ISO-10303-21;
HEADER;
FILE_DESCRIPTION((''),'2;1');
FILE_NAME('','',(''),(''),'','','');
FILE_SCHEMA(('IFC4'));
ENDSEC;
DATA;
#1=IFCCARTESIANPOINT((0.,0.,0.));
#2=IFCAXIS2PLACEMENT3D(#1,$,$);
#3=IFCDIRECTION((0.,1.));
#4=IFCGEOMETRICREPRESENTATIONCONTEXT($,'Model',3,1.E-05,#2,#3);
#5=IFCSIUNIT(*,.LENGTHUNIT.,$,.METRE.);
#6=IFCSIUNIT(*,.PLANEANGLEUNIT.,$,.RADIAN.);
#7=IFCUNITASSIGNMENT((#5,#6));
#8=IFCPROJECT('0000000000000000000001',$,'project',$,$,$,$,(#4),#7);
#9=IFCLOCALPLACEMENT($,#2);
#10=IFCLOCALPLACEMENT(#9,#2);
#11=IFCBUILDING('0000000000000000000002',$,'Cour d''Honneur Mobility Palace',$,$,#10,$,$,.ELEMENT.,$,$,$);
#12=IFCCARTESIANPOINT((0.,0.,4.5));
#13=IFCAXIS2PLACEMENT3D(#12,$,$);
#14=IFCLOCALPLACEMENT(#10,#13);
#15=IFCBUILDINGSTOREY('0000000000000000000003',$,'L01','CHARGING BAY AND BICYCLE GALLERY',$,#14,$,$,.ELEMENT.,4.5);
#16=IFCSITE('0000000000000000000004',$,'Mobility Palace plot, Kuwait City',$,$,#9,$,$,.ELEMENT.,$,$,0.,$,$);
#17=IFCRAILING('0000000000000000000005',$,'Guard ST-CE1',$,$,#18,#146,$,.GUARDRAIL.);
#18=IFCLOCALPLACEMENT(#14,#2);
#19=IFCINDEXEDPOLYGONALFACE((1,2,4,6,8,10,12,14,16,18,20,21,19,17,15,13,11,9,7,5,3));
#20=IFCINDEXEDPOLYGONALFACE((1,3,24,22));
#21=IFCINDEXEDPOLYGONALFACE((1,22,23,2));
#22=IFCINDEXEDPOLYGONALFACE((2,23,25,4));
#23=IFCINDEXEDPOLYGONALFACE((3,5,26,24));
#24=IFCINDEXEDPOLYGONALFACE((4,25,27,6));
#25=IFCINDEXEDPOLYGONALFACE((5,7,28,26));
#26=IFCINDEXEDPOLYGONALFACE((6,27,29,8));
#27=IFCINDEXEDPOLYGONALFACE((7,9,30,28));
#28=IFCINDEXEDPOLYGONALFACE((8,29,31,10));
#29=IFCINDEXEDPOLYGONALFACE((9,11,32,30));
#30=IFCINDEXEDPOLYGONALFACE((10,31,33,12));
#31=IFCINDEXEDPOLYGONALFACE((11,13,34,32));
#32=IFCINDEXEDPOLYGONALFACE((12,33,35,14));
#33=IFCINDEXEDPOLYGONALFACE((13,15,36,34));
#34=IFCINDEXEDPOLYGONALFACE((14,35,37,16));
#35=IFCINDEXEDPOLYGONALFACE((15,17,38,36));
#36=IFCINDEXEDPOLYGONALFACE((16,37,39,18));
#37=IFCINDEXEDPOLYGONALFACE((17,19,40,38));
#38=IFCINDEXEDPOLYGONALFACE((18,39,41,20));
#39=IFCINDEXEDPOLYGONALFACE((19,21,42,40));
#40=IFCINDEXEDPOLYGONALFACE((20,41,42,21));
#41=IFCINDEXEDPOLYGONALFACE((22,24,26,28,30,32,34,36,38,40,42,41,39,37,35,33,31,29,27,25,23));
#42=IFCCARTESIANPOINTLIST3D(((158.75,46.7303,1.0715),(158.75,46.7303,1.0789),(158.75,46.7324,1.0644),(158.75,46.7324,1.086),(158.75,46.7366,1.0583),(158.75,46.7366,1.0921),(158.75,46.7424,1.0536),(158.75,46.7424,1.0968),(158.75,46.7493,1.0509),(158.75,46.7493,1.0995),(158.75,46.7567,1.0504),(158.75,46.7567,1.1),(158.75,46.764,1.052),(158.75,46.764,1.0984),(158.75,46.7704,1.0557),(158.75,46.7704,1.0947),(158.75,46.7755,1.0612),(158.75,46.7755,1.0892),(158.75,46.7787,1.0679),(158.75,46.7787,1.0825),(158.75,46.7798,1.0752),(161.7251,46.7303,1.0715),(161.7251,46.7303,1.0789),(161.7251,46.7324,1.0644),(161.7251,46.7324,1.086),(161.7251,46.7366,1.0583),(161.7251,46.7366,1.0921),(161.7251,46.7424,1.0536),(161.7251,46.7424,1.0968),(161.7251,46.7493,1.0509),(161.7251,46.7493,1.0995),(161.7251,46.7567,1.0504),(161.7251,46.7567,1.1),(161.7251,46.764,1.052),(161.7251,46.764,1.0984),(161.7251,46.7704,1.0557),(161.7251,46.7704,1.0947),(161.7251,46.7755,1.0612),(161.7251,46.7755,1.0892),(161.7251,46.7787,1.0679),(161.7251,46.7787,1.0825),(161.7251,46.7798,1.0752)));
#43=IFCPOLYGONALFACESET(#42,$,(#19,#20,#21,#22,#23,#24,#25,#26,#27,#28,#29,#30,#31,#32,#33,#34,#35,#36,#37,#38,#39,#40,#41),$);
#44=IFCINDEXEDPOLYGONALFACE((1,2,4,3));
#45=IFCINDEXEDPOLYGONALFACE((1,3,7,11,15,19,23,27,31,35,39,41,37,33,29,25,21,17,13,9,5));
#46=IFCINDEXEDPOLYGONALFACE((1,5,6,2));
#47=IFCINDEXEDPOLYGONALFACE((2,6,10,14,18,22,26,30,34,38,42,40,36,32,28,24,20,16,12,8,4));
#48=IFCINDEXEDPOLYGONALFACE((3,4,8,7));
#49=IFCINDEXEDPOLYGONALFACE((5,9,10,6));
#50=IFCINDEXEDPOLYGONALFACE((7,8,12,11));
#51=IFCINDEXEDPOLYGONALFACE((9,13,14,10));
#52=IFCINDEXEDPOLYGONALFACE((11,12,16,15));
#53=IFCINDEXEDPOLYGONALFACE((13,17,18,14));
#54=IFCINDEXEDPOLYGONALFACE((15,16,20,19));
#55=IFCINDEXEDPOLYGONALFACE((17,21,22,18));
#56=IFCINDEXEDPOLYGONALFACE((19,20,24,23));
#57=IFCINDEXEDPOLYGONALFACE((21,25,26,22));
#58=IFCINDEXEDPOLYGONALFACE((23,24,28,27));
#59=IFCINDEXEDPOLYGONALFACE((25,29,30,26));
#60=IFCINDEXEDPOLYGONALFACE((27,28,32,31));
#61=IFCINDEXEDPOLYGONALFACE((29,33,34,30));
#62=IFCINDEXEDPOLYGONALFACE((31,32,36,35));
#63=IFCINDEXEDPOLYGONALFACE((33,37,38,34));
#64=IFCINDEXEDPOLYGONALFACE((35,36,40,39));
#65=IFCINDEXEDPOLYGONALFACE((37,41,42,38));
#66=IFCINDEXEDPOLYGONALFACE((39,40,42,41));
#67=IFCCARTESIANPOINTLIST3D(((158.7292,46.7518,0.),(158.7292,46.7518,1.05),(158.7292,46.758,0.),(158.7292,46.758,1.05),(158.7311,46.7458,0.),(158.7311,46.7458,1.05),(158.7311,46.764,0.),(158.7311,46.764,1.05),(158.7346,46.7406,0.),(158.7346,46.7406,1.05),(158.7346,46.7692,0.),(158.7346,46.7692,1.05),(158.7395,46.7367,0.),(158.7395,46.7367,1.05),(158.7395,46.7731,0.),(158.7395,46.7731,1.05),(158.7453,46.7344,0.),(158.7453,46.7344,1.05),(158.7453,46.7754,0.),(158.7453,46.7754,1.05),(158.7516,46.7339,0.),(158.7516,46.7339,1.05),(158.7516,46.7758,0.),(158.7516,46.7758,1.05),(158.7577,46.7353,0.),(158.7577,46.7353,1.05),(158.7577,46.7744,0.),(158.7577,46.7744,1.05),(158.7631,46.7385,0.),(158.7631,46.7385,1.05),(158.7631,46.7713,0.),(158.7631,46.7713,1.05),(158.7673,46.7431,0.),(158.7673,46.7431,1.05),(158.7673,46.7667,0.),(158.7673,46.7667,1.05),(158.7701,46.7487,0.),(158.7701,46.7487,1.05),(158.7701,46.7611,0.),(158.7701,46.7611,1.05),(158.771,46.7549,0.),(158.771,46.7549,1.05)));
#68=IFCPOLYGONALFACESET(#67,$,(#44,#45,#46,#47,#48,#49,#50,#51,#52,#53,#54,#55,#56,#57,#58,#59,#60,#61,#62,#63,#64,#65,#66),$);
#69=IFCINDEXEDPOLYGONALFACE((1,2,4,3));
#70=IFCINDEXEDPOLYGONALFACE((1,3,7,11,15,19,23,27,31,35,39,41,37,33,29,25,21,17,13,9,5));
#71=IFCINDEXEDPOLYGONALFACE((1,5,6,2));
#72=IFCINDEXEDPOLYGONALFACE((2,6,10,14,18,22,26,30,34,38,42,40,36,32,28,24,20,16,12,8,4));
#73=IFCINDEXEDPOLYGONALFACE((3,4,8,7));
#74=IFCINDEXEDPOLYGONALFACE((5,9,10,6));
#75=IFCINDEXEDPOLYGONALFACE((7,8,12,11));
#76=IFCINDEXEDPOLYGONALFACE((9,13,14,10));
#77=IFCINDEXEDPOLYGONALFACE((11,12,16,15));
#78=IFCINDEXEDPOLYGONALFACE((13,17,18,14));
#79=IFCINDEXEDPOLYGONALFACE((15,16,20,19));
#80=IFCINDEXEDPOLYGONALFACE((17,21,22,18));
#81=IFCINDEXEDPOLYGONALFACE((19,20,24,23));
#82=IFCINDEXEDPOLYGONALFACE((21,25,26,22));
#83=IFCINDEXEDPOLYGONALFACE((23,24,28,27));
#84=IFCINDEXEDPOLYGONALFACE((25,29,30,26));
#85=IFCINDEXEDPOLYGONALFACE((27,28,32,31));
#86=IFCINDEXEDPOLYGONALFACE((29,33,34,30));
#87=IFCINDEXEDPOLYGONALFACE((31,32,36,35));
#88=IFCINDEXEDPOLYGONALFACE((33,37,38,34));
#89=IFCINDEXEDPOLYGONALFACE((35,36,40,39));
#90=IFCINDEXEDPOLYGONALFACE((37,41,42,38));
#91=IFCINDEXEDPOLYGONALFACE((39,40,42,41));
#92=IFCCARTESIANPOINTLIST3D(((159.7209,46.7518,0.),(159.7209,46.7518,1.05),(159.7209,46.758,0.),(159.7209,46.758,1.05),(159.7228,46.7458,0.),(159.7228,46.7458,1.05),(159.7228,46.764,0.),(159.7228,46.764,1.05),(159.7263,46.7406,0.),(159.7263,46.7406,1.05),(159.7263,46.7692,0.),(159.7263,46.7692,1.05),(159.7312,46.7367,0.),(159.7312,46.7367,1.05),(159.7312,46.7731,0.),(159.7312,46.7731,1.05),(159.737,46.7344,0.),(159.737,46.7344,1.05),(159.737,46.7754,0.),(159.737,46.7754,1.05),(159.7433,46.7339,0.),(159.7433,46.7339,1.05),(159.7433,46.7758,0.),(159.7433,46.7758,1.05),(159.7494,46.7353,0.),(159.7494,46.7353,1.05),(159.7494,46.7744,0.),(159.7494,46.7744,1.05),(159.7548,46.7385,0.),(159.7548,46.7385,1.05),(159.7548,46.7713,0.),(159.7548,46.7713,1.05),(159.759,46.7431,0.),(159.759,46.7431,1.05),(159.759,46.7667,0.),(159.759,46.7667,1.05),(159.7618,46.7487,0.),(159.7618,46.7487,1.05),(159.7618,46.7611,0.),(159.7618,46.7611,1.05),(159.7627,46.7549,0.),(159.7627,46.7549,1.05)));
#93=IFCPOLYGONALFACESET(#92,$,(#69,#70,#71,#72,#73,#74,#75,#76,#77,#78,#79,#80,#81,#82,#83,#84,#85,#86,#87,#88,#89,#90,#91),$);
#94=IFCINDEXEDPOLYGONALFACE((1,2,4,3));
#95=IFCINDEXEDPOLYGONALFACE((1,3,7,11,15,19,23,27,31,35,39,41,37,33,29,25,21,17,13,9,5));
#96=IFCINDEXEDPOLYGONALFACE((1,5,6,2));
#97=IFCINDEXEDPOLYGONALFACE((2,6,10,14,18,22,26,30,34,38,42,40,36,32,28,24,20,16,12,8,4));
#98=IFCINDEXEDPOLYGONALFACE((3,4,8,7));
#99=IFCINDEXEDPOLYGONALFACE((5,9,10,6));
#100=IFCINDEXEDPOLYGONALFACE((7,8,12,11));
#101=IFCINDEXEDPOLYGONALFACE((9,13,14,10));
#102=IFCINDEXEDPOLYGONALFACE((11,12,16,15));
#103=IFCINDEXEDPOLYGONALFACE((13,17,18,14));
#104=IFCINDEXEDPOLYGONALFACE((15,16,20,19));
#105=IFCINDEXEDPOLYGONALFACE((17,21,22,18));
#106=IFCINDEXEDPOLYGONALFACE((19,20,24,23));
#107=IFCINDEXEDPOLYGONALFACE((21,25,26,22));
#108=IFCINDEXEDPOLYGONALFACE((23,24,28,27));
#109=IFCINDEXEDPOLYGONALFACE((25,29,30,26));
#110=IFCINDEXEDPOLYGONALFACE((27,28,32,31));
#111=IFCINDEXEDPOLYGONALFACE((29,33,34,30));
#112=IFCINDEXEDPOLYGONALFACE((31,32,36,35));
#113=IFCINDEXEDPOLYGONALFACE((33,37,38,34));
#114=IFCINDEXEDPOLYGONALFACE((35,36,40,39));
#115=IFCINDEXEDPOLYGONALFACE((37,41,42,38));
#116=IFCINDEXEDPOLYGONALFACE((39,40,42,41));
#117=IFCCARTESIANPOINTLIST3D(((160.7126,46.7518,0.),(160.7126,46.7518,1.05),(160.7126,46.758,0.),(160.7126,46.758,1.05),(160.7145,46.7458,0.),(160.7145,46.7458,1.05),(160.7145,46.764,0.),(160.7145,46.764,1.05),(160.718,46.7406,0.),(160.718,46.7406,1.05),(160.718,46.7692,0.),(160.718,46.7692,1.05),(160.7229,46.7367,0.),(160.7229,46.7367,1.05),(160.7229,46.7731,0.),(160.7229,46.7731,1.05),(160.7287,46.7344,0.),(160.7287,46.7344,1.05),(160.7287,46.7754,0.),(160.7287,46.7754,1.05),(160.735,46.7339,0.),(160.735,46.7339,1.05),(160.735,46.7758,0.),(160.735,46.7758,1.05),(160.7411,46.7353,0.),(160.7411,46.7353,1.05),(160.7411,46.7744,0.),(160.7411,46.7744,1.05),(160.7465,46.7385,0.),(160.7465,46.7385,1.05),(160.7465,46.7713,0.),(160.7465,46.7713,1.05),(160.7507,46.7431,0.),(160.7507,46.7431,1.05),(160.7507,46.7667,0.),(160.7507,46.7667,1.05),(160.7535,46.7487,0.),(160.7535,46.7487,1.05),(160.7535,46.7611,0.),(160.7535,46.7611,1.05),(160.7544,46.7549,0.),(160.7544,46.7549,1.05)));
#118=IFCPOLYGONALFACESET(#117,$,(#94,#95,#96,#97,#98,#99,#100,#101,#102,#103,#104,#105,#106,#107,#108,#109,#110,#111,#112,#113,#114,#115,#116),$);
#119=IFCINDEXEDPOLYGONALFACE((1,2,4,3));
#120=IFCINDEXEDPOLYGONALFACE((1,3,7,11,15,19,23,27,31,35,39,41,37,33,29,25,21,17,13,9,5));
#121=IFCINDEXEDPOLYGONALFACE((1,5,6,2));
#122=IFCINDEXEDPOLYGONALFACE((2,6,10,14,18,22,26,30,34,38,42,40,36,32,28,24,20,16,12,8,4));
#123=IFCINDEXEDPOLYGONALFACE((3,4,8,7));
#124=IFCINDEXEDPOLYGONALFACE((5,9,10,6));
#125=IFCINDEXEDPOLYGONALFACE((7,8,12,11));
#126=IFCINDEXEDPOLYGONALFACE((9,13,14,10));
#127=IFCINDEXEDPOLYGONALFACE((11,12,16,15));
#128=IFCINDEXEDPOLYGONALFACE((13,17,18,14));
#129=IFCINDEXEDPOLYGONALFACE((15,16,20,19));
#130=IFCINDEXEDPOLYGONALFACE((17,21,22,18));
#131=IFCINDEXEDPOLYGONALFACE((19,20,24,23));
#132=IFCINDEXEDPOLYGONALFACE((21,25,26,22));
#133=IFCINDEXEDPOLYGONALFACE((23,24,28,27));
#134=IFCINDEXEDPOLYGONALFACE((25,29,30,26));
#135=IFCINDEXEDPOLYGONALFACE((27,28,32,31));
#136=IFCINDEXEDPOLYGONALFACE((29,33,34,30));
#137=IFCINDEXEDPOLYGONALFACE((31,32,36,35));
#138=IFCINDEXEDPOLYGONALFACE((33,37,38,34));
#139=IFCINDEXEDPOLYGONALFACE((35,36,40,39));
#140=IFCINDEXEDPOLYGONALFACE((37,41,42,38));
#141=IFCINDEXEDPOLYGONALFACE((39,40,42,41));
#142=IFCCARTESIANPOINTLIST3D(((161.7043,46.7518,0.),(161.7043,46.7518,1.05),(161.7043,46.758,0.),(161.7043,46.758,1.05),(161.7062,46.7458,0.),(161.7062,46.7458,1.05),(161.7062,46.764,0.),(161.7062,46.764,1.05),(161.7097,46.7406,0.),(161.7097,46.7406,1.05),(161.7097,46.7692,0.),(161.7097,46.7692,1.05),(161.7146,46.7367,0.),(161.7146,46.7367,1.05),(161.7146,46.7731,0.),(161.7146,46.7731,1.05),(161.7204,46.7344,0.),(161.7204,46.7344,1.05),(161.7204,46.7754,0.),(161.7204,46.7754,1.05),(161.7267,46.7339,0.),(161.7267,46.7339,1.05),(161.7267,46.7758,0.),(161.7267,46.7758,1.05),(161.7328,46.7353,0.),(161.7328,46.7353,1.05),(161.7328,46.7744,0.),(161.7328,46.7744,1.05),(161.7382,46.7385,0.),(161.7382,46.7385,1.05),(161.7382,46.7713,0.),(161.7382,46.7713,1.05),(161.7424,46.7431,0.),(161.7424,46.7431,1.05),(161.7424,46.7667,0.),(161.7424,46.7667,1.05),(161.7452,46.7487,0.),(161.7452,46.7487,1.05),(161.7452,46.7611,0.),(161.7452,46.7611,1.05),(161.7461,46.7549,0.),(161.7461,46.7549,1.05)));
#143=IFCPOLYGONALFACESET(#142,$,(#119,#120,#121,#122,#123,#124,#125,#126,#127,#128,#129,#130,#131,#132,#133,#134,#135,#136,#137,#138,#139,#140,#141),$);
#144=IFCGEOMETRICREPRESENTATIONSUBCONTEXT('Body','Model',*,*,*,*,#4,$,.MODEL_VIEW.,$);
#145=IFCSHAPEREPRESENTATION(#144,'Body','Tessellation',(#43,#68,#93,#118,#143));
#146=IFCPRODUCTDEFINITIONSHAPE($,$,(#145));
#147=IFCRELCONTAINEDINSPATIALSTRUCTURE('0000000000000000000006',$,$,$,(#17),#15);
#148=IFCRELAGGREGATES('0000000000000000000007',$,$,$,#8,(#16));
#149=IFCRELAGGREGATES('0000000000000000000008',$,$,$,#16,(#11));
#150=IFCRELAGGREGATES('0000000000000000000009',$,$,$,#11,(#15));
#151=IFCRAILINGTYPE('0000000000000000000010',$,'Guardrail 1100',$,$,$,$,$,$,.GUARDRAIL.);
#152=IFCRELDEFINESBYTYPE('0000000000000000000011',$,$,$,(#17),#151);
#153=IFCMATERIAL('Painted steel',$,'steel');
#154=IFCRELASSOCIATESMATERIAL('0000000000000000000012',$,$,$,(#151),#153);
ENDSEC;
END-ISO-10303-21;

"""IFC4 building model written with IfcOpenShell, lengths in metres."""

from ifc_helpers import new_model, si_unit, direction, frame, origin, origin_2d, place, context, subcontext, project, spatial, circle, extrude, material, type_object, element, save


model = new_model("IFC4")

# Units and contexts
model_context = context("Model", 3, precision=1e-05, world=origin(), true_north=direction((0.0, 1.0)))
body_context = subcontext(model_context, "Body", "Model", "MODEL_VIEW")
ifc_project = project(units=[si_unit("LENGTHUNIT", "METRE"), si_unit("PLANEANGLEUNIT", "RADIAN")], contexts=[model_context])

# Site, building, storey
site_placement = place(None, origin())
site = spatial("IfcSite", under=ifc_project, at=site_placement, Name="Mobility Palace plot, Kuwait City", CompositionType="ELEMENT", RefElevation=0.0)
building_placement = place(site_placement, origin())
building = spatial("IfcBuilding", under=site, at=building_placement, Name="Cour d'Honneur Mobility Palace", CompositionType="ELEMENT")
storey_placement = place(building_placement, frame((0.0, 0.0, 4.5)))
storey = spatial("IfcBuildingStorey", under=building, at=storey_placement, Name="L01", Description="CHARGING BAY AND BICYCLE GALLERY", CompositionType="ELEMENT", Elevation=4.5)

# Railing
ifc_material_1 = material(Name="Painted steel", Category="steel")
railing_type_1 = type_object("IfcRailingType", Name="Guardrail 1100", PredefinedType="GUARDRAIL", material=ifc_material_1)
railing_placement = place(storey_placement, frame((158.75, 46.7549, 0.0)))
element("IfcRailing", 1, at=railing_placement, inside=storey, type_object=railing_type_1, Name="Guard ST-CE1", PredefinedType="GUARDRAIL", context=body_context, shape_type="SweptSolid", body=[
    extrude(circle(Radius=0.0249, at=origin_2d()), frame((0.0, 0.0, 1.0752), z_axis=(1.0, 0.0, 0.0), x_axis=(0.0, 1.0, 0.0)), (0.0, 0.0, 1.0), 2.9751),
    extrude(circle(Radius=0.021, at=origin_2d()), origin(), (0.0, 0.0, 1.0), 1.05),
    extrude(circle(Radius=0.021, at=origin_2d()), frame((0.9917, 0.0, 0.0)), (0.0, 0.0, 1.0), 1.05),
    extrude(circle(Radius=0.021, at=origin_2d()), frame((1.9834, 0.0, 0.0)), (0.0, 0.0, 1.0), 1.05),
    extrude(circle(Radius=0.021, at=origin_2d()), frame((2.9751, 0.0, 0.0)), (0.0, 0.0, 1.0), 1.05),
])

save(model, "model.ifc")
